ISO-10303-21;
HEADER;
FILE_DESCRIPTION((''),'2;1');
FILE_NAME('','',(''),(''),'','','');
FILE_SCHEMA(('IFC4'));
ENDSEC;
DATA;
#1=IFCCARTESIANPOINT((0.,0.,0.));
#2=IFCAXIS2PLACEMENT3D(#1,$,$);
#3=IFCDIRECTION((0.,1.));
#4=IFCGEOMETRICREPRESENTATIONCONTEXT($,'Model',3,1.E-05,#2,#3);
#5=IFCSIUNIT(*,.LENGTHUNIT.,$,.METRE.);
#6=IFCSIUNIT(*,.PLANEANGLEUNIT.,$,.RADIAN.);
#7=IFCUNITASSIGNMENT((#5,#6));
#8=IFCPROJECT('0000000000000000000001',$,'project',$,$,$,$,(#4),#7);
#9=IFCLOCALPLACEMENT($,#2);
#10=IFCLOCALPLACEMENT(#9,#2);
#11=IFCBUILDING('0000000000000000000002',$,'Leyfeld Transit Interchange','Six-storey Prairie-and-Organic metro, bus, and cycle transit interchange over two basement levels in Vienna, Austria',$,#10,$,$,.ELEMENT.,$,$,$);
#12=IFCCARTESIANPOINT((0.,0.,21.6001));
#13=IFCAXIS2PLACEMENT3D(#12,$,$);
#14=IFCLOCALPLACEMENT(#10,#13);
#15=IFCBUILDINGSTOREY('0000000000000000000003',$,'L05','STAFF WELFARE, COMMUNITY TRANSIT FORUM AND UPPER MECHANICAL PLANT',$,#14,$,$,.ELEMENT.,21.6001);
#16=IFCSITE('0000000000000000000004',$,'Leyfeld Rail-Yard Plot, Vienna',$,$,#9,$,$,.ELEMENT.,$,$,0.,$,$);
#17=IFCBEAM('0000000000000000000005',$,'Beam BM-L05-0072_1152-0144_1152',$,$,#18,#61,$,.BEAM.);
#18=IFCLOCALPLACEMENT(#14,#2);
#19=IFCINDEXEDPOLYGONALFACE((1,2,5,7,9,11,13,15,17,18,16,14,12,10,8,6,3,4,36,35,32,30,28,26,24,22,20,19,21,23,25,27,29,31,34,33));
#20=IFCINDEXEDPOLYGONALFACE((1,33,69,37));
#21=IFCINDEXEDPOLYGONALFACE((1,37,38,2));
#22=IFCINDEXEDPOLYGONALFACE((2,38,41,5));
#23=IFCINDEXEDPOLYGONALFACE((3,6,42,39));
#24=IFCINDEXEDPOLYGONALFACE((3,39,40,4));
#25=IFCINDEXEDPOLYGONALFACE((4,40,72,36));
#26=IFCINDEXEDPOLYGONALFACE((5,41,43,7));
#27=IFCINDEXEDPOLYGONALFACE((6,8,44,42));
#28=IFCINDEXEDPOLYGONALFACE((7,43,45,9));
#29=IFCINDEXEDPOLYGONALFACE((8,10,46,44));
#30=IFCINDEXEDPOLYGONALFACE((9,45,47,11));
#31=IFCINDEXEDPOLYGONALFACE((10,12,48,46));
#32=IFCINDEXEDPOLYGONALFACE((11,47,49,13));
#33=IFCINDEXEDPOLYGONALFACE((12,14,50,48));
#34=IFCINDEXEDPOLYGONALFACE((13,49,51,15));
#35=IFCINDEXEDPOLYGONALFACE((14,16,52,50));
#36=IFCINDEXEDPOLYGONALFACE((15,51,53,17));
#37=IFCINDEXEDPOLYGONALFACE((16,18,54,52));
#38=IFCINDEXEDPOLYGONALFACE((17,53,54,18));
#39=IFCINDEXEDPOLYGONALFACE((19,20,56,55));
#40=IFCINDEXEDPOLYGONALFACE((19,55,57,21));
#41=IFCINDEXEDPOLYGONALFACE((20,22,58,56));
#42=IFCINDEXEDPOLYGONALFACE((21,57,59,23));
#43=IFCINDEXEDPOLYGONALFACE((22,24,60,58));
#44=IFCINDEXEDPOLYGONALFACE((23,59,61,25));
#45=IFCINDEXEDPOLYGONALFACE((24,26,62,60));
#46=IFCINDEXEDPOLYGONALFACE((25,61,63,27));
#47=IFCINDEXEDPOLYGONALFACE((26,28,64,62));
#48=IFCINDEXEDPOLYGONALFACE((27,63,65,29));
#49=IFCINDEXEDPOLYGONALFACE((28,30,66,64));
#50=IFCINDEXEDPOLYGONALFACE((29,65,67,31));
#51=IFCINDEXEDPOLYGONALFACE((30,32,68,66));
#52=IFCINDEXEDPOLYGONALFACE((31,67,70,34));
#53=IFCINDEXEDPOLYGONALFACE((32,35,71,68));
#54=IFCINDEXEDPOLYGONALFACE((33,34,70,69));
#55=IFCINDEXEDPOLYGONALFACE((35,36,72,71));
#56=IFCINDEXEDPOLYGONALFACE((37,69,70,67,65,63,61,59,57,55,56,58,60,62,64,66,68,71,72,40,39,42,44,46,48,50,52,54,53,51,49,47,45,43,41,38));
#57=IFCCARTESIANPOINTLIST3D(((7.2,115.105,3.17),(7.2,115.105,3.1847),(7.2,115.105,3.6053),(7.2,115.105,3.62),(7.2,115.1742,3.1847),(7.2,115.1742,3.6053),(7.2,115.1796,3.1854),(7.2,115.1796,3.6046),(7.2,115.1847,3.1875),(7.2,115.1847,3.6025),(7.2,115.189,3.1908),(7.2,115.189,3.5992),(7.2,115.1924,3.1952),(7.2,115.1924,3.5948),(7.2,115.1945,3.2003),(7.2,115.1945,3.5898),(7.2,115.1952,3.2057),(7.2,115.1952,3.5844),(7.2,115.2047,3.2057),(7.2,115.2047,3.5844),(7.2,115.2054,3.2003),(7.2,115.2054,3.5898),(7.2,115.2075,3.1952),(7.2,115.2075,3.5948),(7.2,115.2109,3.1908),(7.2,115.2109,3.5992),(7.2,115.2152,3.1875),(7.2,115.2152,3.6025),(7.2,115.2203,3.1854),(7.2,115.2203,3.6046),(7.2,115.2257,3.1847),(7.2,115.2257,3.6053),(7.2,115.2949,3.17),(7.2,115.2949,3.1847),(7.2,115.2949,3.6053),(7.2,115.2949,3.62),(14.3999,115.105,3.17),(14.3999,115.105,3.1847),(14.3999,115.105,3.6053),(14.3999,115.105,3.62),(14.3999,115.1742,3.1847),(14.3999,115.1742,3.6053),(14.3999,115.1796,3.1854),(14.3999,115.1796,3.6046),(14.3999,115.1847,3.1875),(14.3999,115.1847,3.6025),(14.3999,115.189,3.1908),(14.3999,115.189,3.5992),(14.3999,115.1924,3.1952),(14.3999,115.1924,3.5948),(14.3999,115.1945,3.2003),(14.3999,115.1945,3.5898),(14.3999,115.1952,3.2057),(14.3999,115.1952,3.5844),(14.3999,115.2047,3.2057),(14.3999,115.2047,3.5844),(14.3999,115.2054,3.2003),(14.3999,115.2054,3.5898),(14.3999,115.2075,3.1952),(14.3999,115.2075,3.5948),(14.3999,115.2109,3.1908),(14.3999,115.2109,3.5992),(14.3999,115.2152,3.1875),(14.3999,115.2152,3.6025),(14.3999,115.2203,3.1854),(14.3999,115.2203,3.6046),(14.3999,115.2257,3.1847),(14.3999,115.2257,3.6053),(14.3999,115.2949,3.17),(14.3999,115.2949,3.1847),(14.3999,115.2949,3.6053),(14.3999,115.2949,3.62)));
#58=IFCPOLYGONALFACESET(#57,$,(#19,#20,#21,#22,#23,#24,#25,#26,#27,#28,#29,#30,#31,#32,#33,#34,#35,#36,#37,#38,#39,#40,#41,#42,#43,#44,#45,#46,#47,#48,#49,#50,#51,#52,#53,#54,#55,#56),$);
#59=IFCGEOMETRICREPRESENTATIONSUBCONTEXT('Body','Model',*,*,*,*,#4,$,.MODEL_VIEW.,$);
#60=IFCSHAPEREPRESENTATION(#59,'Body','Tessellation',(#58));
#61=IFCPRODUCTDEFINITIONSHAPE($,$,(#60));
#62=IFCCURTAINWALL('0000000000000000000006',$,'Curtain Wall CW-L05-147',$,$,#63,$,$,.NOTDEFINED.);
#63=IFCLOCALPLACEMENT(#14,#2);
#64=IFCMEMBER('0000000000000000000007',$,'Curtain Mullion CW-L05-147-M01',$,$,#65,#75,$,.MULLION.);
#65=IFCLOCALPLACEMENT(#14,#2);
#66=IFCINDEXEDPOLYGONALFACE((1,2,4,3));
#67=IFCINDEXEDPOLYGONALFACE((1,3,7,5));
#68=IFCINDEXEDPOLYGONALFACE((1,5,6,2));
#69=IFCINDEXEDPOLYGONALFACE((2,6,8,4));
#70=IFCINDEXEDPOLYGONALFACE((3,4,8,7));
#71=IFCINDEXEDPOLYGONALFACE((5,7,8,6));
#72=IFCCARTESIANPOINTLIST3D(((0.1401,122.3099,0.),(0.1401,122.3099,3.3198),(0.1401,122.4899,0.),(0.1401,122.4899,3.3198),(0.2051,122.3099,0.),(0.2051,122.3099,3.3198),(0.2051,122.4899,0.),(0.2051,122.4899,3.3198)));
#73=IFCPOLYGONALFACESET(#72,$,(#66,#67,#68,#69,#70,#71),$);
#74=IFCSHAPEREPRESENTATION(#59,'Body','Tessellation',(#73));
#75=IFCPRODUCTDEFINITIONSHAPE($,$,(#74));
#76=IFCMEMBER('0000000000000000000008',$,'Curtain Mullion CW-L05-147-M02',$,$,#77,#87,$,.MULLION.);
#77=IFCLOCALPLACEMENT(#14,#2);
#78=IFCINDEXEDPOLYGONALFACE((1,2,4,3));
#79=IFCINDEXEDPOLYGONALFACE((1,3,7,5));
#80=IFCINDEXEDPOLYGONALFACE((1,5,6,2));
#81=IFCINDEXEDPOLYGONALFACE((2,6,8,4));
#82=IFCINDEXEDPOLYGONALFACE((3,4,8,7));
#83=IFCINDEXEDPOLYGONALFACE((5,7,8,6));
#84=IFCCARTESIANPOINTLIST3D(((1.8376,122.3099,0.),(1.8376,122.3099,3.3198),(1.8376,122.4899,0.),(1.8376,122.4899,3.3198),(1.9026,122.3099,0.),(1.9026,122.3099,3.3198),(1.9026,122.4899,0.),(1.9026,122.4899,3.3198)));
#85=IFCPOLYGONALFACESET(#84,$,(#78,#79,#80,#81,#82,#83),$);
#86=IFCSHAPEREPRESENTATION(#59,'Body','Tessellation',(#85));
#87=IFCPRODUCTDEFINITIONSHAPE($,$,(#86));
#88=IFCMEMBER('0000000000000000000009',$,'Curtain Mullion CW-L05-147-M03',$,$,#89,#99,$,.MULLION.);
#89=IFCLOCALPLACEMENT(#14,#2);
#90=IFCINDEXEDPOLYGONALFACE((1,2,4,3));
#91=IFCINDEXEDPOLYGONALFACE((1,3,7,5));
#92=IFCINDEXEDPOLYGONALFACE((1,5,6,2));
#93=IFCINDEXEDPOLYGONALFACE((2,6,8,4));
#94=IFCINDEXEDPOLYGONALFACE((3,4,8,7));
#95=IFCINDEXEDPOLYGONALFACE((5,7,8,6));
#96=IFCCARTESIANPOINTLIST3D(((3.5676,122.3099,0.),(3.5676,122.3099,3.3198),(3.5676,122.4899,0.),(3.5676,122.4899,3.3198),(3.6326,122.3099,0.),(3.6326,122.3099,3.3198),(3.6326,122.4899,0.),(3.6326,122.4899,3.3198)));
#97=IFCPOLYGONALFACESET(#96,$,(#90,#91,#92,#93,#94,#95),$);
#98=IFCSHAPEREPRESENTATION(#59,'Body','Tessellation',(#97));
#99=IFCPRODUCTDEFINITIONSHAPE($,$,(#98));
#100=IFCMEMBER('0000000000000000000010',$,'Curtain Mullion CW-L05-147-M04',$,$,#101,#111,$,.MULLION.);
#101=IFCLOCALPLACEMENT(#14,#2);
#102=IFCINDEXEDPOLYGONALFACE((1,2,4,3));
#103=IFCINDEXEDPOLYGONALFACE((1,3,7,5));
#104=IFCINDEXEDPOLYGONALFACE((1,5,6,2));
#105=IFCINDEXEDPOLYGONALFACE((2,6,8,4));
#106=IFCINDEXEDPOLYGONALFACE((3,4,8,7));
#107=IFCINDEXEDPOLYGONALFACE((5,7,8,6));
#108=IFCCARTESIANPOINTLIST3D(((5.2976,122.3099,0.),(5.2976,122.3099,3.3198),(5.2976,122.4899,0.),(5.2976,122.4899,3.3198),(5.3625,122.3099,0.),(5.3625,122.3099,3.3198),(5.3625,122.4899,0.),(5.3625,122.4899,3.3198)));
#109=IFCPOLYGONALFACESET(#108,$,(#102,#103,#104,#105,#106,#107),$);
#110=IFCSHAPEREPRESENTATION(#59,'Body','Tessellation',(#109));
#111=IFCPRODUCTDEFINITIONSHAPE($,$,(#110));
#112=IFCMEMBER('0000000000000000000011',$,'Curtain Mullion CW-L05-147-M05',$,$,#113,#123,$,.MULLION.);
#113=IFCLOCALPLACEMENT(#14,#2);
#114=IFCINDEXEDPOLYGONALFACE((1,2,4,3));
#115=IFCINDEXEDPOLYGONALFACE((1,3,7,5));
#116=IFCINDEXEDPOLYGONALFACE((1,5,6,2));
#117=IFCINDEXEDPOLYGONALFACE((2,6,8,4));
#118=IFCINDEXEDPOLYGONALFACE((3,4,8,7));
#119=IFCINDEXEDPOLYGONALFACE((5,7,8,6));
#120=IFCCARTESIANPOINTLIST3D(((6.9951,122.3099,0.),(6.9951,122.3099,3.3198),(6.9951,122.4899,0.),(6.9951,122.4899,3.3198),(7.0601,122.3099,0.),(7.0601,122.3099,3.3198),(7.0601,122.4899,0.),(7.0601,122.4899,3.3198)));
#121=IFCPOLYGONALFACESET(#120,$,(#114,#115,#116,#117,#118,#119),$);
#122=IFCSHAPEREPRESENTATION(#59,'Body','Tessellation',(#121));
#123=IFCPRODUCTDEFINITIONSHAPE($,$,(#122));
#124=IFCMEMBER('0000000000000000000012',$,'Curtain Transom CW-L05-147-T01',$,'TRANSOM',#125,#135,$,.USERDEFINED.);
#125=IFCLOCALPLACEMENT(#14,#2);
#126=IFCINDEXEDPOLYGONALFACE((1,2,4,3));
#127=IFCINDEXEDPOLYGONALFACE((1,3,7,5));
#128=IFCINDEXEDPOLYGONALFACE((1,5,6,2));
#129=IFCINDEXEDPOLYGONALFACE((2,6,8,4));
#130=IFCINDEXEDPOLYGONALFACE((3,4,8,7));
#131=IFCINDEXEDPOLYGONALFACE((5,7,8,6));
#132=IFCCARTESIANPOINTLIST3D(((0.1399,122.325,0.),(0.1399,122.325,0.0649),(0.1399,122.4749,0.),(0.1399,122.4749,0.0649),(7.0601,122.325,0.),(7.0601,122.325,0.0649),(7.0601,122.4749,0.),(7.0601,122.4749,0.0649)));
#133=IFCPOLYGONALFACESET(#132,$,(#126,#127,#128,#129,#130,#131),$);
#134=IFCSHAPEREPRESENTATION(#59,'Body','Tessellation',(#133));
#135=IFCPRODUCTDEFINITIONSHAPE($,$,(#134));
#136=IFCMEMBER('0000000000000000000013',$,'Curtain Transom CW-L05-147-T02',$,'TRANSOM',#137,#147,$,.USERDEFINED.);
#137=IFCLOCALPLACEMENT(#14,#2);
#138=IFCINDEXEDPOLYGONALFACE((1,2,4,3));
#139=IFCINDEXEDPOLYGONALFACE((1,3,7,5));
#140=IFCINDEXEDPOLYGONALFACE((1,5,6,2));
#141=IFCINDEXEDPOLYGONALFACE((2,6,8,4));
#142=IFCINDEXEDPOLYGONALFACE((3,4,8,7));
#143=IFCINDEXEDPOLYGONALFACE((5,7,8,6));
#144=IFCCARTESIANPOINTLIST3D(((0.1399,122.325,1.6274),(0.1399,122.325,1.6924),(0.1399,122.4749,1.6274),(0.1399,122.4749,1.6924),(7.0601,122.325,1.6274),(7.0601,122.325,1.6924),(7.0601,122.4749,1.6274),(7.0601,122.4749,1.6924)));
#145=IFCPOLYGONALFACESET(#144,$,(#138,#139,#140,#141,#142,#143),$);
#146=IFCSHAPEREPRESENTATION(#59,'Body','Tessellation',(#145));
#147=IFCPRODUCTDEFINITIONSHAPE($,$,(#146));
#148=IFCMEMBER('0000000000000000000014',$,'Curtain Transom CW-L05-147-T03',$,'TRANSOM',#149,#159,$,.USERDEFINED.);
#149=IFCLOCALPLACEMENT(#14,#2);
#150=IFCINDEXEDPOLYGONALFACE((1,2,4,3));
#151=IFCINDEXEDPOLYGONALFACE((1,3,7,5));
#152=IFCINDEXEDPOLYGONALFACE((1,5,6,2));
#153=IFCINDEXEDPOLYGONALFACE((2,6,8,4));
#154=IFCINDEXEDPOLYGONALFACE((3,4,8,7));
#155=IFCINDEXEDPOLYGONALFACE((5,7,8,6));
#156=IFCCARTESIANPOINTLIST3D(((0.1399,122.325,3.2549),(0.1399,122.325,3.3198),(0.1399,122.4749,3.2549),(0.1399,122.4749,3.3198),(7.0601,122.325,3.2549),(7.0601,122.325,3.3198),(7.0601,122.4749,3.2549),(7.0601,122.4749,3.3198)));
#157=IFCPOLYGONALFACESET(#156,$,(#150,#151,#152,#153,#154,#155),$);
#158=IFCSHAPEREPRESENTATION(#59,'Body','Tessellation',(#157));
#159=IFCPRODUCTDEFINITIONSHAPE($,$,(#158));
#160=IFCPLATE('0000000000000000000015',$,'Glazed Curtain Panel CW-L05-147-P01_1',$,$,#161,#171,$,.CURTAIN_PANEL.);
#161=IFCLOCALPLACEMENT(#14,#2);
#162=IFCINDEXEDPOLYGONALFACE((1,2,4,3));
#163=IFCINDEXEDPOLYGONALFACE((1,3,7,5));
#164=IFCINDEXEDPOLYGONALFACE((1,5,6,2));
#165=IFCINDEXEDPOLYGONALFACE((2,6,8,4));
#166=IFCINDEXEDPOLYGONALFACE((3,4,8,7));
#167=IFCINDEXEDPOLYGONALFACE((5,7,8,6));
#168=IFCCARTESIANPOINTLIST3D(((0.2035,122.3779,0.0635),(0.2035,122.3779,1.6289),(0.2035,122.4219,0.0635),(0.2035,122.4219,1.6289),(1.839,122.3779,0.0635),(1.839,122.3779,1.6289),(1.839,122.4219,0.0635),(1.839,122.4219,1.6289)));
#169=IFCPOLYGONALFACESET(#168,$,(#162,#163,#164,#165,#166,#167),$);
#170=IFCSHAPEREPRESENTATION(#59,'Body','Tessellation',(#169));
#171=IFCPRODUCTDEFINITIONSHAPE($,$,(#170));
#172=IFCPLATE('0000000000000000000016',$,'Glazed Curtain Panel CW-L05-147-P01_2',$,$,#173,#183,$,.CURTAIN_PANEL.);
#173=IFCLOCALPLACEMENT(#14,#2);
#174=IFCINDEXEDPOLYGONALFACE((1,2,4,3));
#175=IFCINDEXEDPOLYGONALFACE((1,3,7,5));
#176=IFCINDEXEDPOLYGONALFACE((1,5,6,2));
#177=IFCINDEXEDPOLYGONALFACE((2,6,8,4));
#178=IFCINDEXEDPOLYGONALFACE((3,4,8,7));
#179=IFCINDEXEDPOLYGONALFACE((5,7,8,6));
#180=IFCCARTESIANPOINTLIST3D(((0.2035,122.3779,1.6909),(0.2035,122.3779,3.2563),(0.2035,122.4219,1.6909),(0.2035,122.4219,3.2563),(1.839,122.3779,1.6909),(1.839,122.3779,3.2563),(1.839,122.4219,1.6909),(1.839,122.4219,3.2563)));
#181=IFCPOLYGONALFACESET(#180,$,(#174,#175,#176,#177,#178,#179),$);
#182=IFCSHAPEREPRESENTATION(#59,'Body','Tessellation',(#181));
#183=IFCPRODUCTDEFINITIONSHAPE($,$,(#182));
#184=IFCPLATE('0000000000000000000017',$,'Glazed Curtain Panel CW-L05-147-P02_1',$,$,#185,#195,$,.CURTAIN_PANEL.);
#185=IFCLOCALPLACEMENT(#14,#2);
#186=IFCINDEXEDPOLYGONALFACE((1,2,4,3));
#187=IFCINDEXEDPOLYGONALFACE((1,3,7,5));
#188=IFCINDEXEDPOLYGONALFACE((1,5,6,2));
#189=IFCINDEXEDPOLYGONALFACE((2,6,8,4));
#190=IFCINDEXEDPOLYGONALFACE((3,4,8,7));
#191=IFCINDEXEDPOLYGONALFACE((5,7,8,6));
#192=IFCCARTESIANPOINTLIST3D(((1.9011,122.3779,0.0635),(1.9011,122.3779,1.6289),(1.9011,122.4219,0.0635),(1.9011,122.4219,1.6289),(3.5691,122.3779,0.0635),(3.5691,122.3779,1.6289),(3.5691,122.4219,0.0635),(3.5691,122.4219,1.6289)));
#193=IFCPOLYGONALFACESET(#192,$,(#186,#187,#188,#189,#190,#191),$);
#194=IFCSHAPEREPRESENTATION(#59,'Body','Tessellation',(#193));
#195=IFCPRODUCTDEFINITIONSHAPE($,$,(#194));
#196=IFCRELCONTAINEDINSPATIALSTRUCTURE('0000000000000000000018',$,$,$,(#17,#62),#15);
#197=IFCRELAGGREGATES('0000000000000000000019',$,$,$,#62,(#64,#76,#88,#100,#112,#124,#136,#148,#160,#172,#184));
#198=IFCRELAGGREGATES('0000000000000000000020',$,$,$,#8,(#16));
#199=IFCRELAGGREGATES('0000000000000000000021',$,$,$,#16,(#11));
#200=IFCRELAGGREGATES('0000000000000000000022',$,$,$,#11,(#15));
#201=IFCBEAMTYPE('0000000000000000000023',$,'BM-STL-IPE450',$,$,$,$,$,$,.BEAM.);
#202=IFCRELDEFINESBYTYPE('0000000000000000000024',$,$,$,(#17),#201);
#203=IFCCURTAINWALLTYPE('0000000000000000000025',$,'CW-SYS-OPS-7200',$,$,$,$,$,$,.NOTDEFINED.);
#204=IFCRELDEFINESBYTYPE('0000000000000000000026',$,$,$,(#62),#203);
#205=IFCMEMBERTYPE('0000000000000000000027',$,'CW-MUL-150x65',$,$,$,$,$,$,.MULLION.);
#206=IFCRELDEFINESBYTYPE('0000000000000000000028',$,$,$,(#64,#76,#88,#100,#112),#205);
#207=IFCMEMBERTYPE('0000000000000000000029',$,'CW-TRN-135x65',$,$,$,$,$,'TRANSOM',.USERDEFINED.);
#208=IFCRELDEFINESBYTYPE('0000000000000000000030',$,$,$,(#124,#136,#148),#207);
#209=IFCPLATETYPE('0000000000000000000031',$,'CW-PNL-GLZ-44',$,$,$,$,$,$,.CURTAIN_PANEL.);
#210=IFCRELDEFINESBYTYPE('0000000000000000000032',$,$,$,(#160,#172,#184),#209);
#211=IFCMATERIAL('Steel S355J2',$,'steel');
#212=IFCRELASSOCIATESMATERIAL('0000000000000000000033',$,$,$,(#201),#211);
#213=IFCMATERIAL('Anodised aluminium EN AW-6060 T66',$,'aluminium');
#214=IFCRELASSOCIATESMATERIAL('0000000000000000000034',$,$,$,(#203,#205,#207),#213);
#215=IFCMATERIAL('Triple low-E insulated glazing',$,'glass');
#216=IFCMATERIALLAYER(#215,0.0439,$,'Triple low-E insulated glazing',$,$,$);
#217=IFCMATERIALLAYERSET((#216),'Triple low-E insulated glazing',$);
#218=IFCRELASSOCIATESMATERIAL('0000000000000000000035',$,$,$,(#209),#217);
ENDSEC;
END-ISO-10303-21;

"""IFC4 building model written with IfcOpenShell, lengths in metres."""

from ifc_helpers import new_model, si_unit, direction, frame, origin, origin_2d, place, context, subcontext, project, spatial, rectangle, i_section, extrude, material, layer, layer_set, material_profile, profile_set, type_object, element, aggregate, save


model = new_model("IFC4")

# Units and contexts
model_context = context("Model", 3, precision=1e-05, world=origin(), true_north=direction((0.0, 1.0)))
body_context = subcontext(model_context, "Body", "Model", "MODEL_VIEW")
ifc_project = project(units=[si_unit("LENGTHUNIT", "METRE"), si_unit("PLANEANGLEUNIT", "RADIAN")], contexts=[model_context])

# Site, building, storey
site_placement = place(None, origin())
site = spatial("IfcSite", under=ifc_project, at=site_placement, Name="Leyfeld Rail-Yard Plot, Vienna", CompositionType="ELEMENT", RefElevation=0.0)
building_placement = place(site_placement, origin())
building = spatial("IfcBuilding", under=site, at=building_placement, Name="Leyfeld Transit Interchange", Description="Six-storey Prairie-and-Organic metro, bus, and cycle transit interchange over two basement levels in Vienna, Austria", CompositionType="ELEMENT")
storey_placement = place(building_placement, frame((0.0, 0.0, 21.6001)))
storey = spatial("IfcBuildingStorey", under=building, at=storey_placement, Name="L05", Description="STAFF WELFARE, COMMUNITY TRANSIT FORUM AND UPPER MECHANICAL PLANT", CompositionType="ELEMENT", Elevation=21.6001)

# Shared definitions
ifc_material_1 = material(Name="Steel S355J2", Category="steel")

# Beam
ifc_material_profile_1 = material_profile(ifc_material_1, i_section(OverallWidth=0.1899, OverallDepth=0.45, WebThickness=0.0095, FlangeThickness=0.0146, FilletRadius=0.021, at=origin_2d()), Name="IPE 450")
ifc_profile_set_1 = profile_set([ifc_material_profile_1], Name="Steel S355J2")
beam_type_1 = type_object("IfcBeamType", Name="BM-STL-IPE450", PredefinedType="BEAM", material=ifc_profile_set_1)
beam_1_placement = place(storey_placement, frame((7.2, 115.2, 3.395), z_axis=(1.0, 0.0, 0.0), x_axis=(0.0, 1.0, 0.0)))
element("IfcBeam", 1, at=beam_1_placement, inside=storey, type_object=beam_type_1, Name="Beam BM-L05-0072_1152-0144_1152", PredefinedType="BEAM", context=body_context, shape_type="SweptSolid", body=[
    extrude(i_section(OverallWidth=0.1899, OverallDepth=0.45, WebThickness=0.0095, FlangeThickness=0.0146, FilletRadius=0.021, at=origin_2d()), origin(), (0.0, 0.0, 1.0), 7.2),
])

# Curtain wall, members, plates
ifc_material_2 = material(Name="Anodised aluminium EN AW-6060 T66", Category="aluminium")
curtain_wall_type = type_object("IfcCurtainWallType", Name="CW-SYS-OPS-7200", PredefinedType="NOTDEFINED", material=ifc_material_2)
curtain_wall_placement = place(storey_placement, origin())
curtain_wall = element("IfcCurtainWall", 2, at=curtain_wall_placement, inside=storey, type_object=curtain_wall_type, Name="Curtain Wall CW-L05-147", PredefinedType="NOTDEFINED")
ifc_material_profile_2 = material_profile(ifc_material_2, rectangle(XDim=0.0649, YDim=0.1799, at=origin_2d()), Name="CW-M 65x180")
ifc_profile_set_2 = profile_set([ifc_material_profile_2], Name="Anodised aluminium EN AW-6060 T66")
member_type_1 = type_object("IfcMemberType", Name="CW-MUL-150x65", PredefinedType="MULLION", material=ifc_profile_set_2)
member_1_placement = place(storey_placement, frame((0.1726, 122.3999, 0.0), z_axis=(0.0, 0.0, 1.0), x_axis=(1.0, 0.0, 0.0)))
member_1 = element("IfcMember", 3, at=member_1_placement, type_object=member_type_1, Name="Curtain Mullion CW-L05-147-M01", PredefinedType="MULLION", context=body_context, shape_type="SweptSolid", body=[
    extrude(rectangle(XDim=0.0649, YDim=0.1799, at=origin_2d()), origin(), (0.0, 0.0, 1.0), 3.3198),
])
member_2_placement = place(storey_placement, frame((1.8701, 122.3999, 0.0), z_axis=(0.0, 0.0, 1.0), x_axis=(1.0, 0.0, 0.0)))
member_2 = element("IfcMember", 4, at=member_2_placement, type_object=member_type_1, Name="Curtain Mullion CW-L05-147-M02", PredefinedType="MULLION", context=body_context, shape_type="SweptSolid", body=[
    extrude(rectangle(XDim=0.0649, YDim=0.1799, at=origin_2d()), origin(), (0.0, 0.0, 1.0), 3.3198),
])
member_3_placement = place(storey_placement, frame((3.6001, 122.3999, 0.0), z_axis=(0.0, 0.0, 1.0), x_axis=(1.0, 0.0, 0.0)))
member_3 = element("IfcMember", 5, at=member_3_placement, type_object=member_type_1, Name="Curtain Mullion CW-L05-147-M03", PredefinedType="MULLION", context=body_context, shape_type="SweptSolid", body=[
    extrude(rectangle(XDim=0.0649, YDim=0.1799, at=origin_2d()), origin(), (0.0, 0.0, 1.0), 3.3198),
])
member_4_placement = place(storey_placement, frame((5.3301, 122.3999, 0.0), z_axis=(0.0, 0.0, 1.0), x_axis=(1.0, 0.0, 0.0)))
member_4 = element("IfcMember", 6, at=member_4_placement, type_object=member_type_1, Name="Curtain Mullion CW-L05-147-M04", PredefinedType="MULLION", context=body_context, shape_type="SweptSolid", body=[
    extrude(rectangle(XDim=0.0649, YDim=0.1799, at=origin_2d()), origin(), (0.0, 0.0, 1.0), 3.3198),
])
member_5_placement = place(storey_placement, frame((7.0276, 122.3999, 0.0), z_axis=(0.0, 0.0, 1.0), x_axis=(1.0, 0.0, 0.0)))
member_5 = element("IfcMember", 7, at=member_5_placement, type_object=member_type_1, Name="Curtain Mullion CW-L05-147-M05", PredefinedType="MULLION", context=body_context, shape_type="SweptSolid", body=[
    extrude(rectangle(XDim=0.0649, YDim=0.1799, at=origin_2d()), origin(), (0.0, 0.0, 1.0), 3.3198),
])
ifc_material_profile_3 = material_profile(ifc_material_2, rectangle(XDim=0.1499, YDim=0.0649, at=origin_2d()), Name="CW-TRN-135x65")
ifc_profile_set_3 = profile_set([ifc_material_profile_3], Name="Anodised aluminium EN AW-6060 T66")
member_type_2 = type_object("IfcMemberType", Name="CW-TRN-135x65", ElementType="TRANSOM", PredefinedType="USERDEFINED", material=ifc_profile_set_3)
member_6_placement = place(storey_placement, frame((0.1399, 122.3999, 0.0325), z_axis=(1.0, 0.0, 0.0), x_axis=(0.0, 1.0, 0.0)))
member_6 = element("IfcMember", 8, at=member_6_placement, type_object=member_type_2, Name="Curtain Transom CW-L05-147-T01", ObjectType="TRANSOM", PredefinedType="USERDEFINED", context=body_context, shape_type="SweptSolid", body=[
    extrude(rectangle(XDim=0.1499, YDim=0.0649, at=origin_2d()), origin(), (0.0, 0.0, 1.0), 6.9202),
])
member_7_placement = place(storey_placement, frame((0.1399, 122.3999, 1.6599), z_axis=(1.0, 0.0, 0.0), x_axis=(0.0, 1.0, 0.0)))
member_7 = element("IfcMember", 9, at=member_7_placement, type_object=member_type_2, Name="Curtain Transom CW-L05-147-T02", ObjectType="TRANSOM", PredefinedType="USERDEFINED", context=body_context, shape_type="SweptSolid", body=[
    extrude(rectangle(XDim=0.1499, YDim=0.0649, at=origin_2d()), origin(), (0.0, 0.0, 1.0), 6.9202),
])
member_8_placement = place(storey_placement, frame((0.1399, 122.3999, 3.2874), z_axis=(1.0, 0.0, 0.0), x_axis=(0.0, 1.0, 0.0)))
member_8 = element("IfcMember", 10, at=member_8_placement, type_object=member_type_2, Name="Curtain Transom CW-L05-147-T03", ObjectType="TRANSOM", PredefinedType="USERDEFINED", context=body_context, shape_type="SweptSolid", body=[
    extrude(rectangle(XDim=0.1499, YDim=0.0649, at=origin_2d()), origin(), (0.0, 0.0, 1.0), 6.9202),
])
ifc_material_3 = material(Name="Triple low-E insulated glazing", Category="glass")
ifc_layer_1 = layer(ifc_material_3, 0.0439, Name="Triple low-E insulated glazing")
ifc_layer_set_1 = layer_set([ifc_layer_1], Name="Triple low-E insulated glazing")
plate_type = type_object("IfcPlateType", Name="CW-PNL-GLZ-44", PredefinedType="CURTAIN_PANEL", material=ifc_layer_set_1)
plate_1_placement = place(storey_placement, frame((1.0212, 122.3999, 0.0635), z_axis=(0.0, 0.0, 1.0), x_axis=(1.0, 0.0, 0.0)))
plate_1 = element("IfcPlate", 11, at=plate_1_placement, type_object=plate_type, Name="Glazed Curtain Panel CW-L05-147-P01_1", PredefinedType="CURTAIN_PANEL", context=body_context, shape_type="SweptSolid", body=[
    extrude(rectangle(XDim=1.6355, YDim=0.0439, at=origin_2d()), origin(), (0.0, 0.0, 1.0), 1.5654),
])
plate_2_placement = place(storey_placement, frame((1.0212, 122.3999, 1.6909), z_axis=(0.0, 0.0, 1.0), x_axis=(1.0, 0.0, 0.0)))
plate_2 = element("IfcPlate", 12, at=plate_2_placement, type_object=plate_type, Name="Glazed Curtain Panel CW-L05-147-P01_2", PredefinedType="CURTAIN_PANEL", context=body_context, shape_type="SweptSolid", body=[
    extrude(rectangle(XDim=1.6355, YDim=0.0439, at=origin_2d()), origin(), (0.0, 0.0, 1.0), 1.5654),
])
plate_3_placement = place(storey_placement, frame((2.7351, 122.3999, 0.0635), z_axis=(0.0, 0.0, 1.0), x_axis=(1.0, 0.0, 0.0)))
plate_3 = element("IfcPlate", 13, at=plate_3_placement, type_object=plate_type, Name="Glazed Curtain Panel CW-L05-147-P02_1", PredefinedType="CURTAIN_PANEL", context=body_context, shape_type="SweptSolid", body=[
    extrude(rectangle(XDim=1.668, YDim=0.0439, at=origin_2d()), origin(), (0.0, 0.0, 1.0), 1.5654),
])
aggregate(curtain_wall, [member_1, member_2, member_3, member_4, member_5, member_6, member_7, member_8, plate_1, plate_2, plate_3])

save(model, "model.ifc")
